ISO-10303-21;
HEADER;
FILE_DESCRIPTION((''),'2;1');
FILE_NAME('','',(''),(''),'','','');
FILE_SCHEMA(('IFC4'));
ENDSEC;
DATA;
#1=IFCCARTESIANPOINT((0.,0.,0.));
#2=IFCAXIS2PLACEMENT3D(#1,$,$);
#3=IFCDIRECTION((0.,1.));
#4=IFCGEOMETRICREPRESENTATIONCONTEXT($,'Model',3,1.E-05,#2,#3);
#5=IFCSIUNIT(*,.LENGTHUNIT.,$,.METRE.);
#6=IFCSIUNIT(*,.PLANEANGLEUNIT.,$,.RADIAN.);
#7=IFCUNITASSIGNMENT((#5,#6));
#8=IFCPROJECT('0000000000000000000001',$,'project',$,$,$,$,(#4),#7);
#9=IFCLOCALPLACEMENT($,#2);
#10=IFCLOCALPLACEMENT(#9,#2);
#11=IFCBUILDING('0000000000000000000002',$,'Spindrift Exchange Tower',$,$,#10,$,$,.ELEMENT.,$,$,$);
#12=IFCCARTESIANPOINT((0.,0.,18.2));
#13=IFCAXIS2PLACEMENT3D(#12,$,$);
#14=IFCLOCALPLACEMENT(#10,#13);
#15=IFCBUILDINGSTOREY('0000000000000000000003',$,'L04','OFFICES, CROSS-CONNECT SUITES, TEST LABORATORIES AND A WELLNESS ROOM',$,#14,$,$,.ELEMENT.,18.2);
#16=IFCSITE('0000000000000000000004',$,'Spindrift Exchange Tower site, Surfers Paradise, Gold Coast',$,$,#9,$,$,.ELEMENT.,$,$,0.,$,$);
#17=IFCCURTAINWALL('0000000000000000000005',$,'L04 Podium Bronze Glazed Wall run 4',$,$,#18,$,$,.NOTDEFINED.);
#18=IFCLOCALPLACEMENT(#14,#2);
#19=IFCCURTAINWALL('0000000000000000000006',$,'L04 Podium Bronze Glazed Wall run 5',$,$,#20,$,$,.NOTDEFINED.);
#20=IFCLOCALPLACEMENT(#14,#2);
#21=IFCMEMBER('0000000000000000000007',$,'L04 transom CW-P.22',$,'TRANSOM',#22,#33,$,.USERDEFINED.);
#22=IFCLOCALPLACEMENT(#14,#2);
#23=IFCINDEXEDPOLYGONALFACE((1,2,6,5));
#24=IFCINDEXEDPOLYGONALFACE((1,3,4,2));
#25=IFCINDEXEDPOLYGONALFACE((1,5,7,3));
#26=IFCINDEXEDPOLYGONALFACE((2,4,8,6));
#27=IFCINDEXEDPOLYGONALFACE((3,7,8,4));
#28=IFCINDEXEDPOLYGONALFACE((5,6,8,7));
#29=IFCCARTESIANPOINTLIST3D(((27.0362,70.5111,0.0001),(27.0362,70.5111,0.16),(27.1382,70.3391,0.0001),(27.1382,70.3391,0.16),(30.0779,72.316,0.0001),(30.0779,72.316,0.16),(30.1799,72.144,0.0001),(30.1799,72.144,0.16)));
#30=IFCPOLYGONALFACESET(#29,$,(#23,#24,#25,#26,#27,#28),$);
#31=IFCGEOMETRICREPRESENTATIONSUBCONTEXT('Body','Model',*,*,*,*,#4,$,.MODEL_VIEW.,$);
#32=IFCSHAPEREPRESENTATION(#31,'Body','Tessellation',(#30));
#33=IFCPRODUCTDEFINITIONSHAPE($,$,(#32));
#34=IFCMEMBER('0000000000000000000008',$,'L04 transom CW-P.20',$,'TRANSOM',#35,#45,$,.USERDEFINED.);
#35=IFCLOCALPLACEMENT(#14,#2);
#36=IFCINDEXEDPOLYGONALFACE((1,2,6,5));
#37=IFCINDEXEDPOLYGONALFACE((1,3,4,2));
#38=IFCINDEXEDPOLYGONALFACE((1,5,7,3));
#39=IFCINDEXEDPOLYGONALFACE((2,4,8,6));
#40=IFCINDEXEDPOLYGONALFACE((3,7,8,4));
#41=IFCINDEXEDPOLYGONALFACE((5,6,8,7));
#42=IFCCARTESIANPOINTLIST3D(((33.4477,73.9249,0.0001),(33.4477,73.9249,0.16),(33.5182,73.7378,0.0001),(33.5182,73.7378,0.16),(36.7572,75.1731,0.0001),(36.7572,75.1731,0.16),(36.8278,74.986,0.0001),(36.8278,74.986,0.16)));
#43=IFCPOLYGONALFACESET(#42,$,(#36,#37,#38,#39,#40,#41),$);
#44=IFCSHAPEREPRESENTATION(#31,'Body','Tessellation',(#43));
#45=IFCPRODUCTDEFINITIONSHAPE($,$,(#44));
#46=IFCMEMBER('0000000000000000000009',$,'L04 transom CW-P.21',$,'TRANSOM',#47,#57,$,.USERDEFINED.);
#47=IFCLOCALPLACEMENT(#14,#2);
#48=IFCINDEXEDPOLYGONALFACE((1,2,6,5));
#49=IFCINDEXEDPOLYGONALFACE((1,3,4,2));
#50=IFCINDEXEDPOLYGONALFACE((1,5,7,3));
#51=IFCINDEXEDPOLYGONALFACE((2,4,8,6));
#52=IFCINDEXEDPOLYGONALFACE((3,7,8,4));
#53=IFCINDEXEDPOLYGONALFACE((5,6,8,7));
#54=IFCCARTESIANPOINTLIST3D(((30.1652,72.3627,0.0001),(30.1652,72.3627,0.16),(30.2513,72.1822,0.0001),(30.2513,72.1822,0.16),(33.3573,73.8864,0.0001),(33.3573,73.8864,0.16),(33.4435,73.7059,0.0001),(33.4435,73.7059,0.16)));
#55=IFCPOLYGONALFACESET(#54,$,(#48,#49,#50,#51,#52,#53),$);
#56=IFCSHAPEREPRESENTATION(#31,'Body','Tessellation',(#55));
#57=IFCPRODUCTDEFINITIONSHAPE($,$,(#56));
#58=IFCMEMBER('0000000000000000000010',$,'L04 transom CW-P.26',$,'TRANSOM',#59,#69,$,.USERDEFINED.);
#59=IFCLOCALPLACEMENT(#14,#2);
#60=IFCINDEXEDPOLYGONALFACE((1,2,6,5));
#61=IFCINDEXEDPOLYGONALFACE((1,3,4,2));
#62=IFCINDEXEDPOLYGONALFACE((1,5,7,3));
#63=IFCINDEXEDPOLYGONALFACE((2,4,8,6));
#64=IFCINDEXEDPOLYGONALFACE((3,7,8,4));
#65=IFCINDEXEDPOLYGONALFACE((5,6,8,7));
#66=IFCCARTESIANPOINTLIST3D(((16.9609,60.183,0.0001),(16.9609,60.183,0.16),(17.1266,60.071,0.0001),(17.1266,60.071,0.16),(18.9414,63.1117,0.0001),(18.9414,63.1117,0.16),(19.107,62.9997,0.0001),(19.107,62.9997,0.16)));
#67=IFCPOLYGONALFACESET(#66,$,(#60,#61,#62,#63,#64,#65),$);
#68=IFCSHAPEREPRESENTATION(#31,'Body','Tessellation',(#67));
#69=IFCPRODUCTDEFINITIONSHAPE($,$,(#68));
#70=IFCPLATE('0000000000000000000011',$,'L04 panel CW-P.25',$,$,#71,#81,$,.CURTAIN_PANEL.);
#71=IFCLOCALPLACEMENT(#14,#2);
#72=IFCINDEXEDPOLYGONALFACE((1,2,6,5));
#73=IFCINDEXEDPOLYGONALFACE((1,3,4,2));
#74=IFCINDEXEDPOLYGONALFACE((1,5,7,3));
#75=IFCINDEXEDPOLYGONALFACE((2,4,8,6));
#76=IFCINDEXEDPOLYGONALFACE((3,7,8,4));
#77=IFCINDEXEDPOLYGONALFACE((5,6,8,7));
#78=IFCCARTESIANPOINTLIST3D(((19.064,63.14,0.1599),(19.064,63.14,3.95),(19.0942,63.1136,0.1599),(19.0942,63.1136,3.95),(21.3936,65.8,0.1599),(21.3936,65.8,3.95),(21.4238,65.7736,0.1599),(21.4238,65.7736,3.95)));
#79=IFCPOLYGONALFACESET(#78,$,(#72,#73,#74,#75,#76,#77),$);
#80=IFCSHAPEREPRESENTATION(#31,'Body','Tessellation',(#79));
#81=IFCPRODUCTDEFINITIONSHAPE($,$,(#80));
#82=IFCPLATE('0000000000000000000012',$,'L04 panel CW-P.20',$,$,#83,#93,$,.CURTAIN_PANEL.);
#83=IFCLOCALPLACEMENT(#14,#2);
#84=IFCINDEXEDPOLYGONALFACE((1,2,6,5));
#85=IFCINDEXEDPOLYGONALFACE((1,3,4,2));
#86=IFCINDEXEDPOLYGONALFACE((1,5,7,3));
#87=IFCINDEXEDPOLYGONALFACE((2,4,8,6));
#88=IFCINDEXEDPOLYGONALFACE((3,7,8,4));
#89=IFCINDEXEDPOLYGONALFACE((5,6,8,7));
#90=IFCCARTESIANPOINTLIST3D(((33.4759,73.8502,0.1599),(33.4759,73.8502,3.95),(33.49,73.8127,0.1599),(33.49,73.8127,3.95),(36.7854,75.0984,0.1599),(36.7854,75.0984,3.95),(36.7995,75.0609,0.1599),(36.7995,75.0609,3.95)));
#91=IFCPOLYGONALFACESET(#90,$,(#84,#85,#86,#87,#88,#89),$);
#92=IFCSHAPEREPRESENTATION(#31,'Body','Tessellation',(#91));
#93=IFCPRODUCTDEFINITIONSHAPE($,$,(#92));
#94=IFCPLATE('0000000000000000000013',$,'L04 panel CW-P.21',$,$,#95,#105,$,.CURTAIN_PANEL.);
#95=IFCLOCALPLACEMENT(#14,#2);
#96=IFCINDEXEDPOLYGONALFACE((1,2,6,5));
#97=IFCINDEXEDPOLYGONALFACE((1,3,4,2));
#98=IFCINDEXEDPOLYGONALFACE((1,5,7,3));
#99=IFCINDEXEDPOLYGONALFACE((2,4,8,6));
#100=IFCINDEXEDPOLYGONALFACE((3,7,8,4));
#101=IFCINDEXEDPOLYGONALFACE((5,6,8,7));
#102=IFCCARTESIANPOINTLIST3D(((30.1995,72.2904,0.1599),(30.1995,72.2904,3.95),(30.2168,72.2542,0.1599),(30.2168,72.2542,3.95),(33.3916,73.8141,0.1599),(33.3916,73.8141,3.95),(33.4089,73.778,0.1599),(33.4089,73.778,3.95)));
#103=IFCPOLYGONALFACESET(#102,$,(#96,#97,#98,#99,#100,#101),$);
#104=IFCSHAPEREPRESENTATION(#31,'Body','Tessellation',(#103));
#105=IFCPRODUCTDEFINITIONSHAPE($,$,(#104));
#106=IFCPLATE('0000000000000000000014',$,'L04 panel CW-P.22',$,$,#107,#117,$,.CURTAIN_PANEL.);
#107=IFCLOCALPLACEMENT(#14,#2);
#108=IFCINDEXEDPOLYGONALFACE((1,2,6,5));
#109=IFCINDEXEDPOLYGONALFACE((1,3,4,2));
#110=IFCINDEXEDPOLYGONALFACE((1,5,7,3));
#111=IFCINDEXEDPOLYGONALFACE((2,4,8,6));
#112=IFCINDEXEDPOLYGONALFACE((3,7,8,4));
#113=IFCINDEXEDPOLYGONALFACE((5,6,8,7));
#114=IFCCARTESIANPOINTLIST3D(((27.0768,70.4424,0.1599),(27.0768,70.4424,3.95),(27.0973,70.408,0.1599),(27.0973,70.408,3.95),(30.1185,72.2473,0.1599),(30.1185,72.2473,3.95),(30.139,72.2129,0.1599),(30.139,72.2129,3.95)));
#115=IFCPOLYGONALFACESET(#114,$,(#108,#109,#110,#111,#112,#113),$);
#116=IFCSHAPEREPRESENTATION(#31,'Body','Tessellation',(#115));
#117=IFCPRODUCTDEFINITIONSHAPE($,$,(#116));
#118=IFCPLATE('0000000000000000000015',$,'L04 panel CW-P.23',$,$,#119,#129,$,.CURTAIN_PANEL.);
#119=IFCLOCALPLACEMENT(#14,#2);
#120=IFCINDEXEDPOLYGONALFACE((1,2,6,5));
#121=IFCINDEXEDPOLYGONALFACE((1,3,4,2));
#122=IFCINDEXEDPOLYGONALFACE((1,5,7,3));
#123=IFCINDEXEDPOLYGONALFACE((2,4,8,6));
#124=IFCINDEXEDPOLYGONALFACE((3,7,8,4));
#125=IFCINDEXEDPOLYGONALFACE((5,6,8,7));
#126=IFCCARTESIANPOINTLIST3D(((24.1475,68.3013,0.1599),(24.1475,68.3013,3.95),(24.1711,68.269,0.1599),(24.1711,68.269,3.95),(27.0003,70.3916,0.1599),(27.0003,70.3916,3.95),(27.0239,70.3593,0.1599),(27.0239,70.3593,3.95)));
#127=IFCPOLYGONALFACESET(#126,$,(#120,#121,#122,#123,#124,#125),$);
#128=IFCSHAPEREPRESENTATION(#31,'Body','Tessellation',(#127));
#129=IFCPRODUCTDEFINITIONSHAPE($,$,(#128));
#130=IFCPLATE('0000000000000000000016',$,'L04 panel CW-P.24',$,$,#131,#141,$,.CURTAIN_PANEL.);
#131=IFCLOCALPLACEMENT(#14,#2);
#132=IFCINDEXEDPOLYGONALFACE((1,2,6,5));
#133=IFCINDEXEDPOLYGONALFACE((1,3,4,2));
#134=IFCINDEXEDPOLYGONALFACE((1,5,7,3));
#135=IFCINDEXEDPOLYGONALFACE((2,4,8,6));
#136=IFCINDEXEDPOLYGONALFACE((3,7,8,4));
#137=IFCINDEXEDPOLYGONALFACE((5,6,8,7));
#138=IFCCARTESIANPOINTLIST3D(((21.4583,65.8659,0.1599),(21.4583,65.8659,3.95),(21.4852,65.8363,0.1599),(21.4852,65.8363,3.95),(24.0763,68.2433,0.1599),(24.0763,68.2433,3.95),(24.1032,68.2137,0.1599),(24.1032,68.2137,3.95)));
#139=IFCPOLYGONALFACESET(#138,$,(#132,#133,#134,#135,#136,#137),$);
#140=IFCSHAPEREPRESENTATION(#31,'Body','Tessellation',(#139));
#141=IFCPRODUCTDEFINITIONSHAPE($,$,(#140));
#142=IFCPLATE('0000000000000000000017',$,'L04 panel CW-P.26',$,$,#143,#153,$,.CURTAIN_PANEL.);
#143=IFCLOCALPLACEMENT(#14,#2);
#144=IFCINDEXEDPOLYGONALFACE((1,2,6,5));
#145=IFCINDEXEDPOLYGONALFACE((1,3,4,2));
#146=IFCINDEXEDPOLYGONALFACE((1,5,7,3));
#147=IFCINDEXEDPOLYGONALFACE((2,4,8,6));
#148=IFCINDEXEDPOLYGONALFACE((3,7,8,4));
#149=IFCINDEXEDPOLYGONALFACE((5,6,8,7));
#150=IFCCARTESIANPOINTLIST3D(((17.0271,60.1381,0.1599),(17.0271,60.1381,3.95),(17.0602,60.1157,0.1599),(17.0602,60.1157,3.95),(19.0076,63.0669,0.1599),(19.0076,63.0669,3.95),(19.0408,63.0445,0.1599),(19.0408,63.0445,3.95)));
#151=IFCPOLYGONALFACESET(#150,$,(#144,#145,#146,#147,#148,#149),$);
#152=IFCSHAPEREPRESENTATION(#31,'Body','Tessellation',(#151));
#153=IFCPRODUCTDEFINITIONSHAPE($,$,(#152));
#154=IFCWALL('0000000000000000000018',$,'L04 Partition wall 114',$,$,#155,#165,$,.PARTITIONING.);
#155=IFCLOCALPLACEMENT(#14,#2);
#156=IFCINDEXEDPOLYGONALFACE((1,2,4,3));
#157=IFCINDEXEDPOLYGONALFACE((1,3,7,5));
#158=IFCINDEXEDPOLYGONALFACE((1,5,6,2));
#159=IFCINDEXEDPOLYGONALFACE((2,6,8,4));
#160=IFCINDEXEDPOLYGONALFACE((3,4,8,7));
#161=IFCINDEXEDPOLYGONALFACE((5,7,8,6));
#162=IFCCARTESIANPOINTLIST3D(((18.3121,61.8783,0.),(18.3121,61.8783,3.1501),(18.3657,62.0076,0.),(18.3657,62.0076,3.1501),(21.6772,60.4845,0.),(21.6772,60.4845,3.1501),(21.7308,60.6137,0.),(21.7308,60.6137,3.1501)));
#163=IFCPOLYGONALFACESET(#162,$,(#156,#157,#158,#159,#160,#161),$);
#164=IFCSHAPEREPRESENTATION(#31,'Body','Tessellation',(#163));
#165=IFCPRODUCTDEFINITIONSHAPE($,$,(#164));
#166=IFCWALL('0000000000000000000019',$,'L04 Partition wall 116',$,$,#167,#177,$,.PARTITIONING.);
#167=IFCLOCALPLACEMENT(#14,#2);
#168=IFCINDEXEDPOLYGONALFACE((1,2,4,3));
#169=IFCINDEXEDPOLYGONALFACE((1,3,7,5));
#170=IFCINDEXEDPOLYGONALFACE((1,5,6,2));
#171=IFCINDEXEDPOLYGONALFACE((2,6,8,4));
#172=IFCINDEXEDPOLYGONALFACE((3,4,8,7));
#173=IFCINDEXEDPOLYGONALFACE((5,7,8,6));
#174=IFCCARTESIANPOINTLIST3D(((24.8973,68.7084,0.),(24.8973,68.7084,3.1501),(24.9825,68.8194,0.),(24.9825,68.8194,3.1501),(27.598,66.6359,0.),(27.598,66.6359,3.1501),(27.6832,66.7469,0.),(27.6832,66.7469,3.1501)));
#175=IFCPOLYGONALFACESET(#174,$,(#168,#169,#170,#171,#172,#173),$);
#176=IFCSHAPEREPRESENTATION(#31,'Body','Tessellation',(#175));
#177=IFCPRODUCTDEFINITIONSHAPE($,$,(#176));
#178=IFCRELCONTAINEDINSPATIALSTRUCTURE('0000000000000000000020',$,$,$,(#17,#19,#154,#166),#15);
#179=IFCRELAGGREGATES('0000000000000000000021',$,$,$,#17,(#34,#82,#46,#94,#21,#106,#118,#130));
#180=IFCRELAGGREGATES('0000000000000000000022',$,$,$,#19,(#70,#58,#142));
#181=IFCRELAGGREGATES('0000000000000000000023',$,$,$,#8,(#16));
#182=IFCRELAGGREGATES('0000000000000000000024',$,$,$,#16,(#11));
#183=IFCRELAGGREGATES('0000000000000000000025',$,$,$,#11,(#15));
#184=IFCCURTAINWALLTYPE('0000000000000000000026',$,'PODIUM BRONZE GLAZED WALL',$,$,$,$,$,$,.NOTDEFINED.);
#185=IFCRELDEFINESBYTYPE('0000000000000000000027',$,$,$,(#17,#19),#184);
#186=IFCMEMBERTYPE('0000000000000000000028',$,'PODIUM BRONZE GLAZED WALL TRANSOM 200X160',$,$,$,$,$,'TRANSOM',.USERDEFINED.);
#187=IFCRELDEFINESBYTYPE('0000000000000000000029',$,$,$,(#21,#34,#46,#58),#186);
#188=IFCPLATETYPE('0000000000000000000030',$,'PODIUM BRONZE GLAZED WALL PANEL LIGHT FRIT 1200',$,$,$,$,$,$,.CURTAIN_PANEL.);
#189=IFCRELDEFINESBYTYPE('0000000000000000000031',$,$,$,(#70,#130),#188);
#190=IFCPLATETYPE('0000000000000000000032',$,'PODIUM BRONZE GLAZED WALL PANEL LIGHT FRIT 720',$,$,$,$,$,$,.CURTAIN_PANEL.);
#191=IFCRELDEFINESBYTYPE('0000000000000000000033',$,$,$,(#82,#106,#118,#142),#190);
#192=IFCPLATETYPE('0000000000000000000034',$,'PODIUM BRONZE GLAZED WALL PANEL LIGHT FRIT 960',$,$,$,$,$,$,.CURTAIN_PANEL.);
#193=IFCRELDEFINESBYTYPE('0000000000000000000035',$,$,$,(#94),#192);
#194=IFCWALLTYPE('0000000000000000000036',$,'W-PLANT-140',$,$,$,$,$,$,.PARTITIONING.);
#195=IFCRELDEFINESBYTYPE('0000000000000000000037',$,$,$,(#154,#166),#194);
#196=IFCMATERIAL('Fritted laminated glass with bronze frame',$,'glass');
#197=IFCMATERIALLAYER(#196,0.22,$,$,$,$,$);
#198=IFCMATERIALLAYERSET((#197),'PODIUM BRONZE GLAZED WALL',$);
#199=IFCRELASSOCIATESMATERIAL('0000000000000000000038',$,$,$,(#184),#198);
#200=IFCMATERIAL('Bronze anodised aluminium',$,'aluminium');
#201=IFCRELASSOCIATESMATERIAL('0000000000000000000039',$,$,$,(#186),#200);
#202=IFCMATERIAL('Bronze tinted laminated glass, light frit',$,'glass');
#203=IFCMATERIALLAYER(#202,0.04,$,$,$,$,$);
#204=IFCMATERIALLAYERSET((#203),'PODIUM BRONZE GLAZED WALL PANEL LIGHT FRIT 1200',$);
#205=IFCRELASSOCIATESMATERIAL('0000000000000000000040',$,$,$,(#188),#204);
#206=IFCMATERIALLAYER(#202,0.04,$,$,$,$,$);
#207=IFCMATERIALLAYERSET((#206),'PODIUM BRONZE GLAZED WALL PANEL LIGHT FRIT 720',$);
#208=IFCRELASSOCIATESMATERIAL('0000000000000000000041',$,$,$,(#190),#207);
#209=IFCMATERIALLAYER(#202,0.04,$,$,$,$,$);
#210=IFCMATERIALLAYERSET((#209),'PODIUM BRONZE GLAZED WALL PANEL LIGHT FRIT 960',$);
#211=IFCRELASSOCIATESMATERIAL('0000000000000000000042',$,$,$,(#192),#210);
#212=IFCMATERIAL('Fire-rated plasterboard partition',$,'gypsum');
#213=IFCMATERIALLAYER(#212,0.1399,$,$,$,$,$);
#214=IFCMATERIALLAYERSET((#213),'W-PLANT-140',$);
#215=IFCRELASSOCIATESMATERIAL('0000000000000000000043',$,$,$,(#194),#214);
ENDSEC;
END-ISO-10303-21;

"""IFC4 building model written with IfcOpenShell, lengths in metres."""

from ifc_helpers import new_model, si_unit, direction, frame, frame_2d, origin, origin_2d, place, context, subcontext, project, spatial, rectangle, extrude, source, transform, mapped, material, layer, layer_set, material_profile, profile_set, type_object, element, aggregate, save


model = new_model("IFC4")

# Units and contexts
model_context = context("Model", 3, precision=1e-05, world=origin(), true_north=direction((0.0, 1.0)))
body_context = subcontext(model_context, "Body", "Model", "MODEL_VIEW")
ifc_project = project(units=[si_unit("LENGTHUNIT", "METRE"), si_unit("PLANEANGLEUNIT", "RADIAN")], contexts=[model_context])

# Site, building, storey
site_placement = place(None, origin())
site = spatial("IfcSite", under=ifc_project, at=site_placement, Name="Spindrift Exchange Tower site, Surfers Paradise, Gold Coast", CompositionType="ELEMENT", RefElevation=0.0)
building_placement = place(site_placement, origin())
building = spatial("IfcBuilding", under=site, at=building_placement, Name="Spindrift Exchange Tower", CompositionType="ELEMENT")
storey_placement = place(building_placement, frame((0.0, 0.0, 18.2)))
storey = spatial("IfcBuildingStorey", under=building, at=storey_placement, Name="L04", Description="OFFICES, CROSS-CONNECT SUITES, TEST LABORATORIES AND A WELLNESS ROOM", CompositionType="ELEMENT", Elevation=18.2)

# Curtain walls
ifc_material_1 = material(Name="Fritted laminated glass with bronze frame", Category="glass")
ifc_layer_1 = layer(ifc_material_1, 0.22)
ifc_layer_set_1 = layer_set([ifc_layer_1], Name="PODIUM BRONZE GLAZED WALL")
curtain_wall_type = type_object("IfcCurtainWallType", Name="PODIUM BRONZE GLAZED WALL", PredefinedType="NOTDEFINED", material=ifc_layer_set_1)
curtain_wall_1_placement = place(storey_placement, origin())
curtain_wall_1 = element("IfcCurtainWall", 1, at=curtain_wall_1_placement, inside=storey, type_object=curtain_wall_type, Name="L04 Podium Bronze Glazed Wall run 4", PredefinedType="NOTDEFINED")
ifc_material_2 = material(Name="Bronze anodised aluminium", Category="aluminium")
curtain_wall_2_placement = place(storey_placement, origin())
curtain_wall_2 = element("IfcCurtainWall", 2, at=curtain_wall_2_placement, inside=storey, type_object=curtain_wall_type, Name="L04 Podium Bronze Glazed Wall run 5", PredefinedType="NOTDEFINED")
ifc_material_profile_1 = material_profile(ifc_material_2, rectangle(XDim=0.2, YDim=0.1599, at=origin_2d()), Name="PODIUM BRONZE GLAZED WALL TRANSOM 200X160")
ifc_profile_set_1 = profile_set([ifc_material_profile_1], Name="Bronze anodised aluminium")
member_type_1 = type_object("IfcMemberType", Name="PODIUM BRONZE GLAZED WALL TRANSOM 200X160", ElementType="TRANSOM", PredefinedType="USERDEFINED", material=ifc_profile_set_1)

# Members
shared_shape_1 = source(origin(), body_context, "Body", "SweptSolid", [
    extrude(rectangle(XDim=0.2, YDim=0.1599, at=origin_2d()), origin(), (0.0, 0.0, 1.0), 3.5369),
])
member_1_placement = place(storey_placement, frame((30.1289, 72.23, 0.0801), z_axis=(-0.859992, -0.510307, 0.0), x_axis=(0.510307, -0.859992, 0.0)))
member_1 = element("IfcMember", 3, at=member_1_placement, type_object=member_type_1, Name="L04 transom CW-P.22", ObjectType="TRANSOM", PredefinedType="USERDEFINED", context=body_context, shape_type="MappedRepresentation", body=[
    mapped(shared_shape_1, transform((0.0, 0.0, 0.0), scale=1.0)),
])
shared_shape_2 = source(origin(), body_context, "Body", "SweptSolid", [
    extrude(rectangle(XDim=0.2, YDim=0.1599, at=origin_2d()), origin(), (0.0, 0.0, 1.0), 3.5371),
])
member_2_placement = place(storey_placement, frame((36.7925, 75.0796, 0.0801), z_axis=(-0.935658, -0.352908, 0.0), x_axis=(0.352908, -0.935658, 0.0)))
member_2 = element("IfcMember", 4, at=member_2_placement, type_object=member_type_1, Name="L04 transom CW-P.20", ObjectType="TRANSOM", PredefinedType="USERDEFINED", context=body_context, shape_type="MappedRepresentation", body=[
    mapped(shared_shape_2, transform((0.0, 0.0, 0.0), scale=1.0)),
])
member_3_placement = place(storey_placement, frame((33.4004, 73.7961, 0.0801), z_axis=(-0.902463, -0.430767, 0.0), x_axis=(0.430767, -0.902463, 0.0)))
member_3 = element("IfcMember", 5, at=member_3_placement, type_object=member_type_1, Name="L04 transom CW-P.21", ObjectType="TRANSOM", PredefinedType="USERDEFINED", context=body_context, shape_type="MappedRepresentation", body=[
    mapped(shared_shape_2, transform((0.0, 0.0, 0.0), scale=1.0)),
])
shared_shape_3 = source(origin(), body_context, "Body", "SweptSolid", [
    extrude(rectangle(XDim=0.2, YDim=0.1599, at=origin_2d()), origin(), (0.0, 0.0, 1.0), 3.5354),
])
member_4_placement = place(storey_placement, frame((19.0242, 63.0557, 0.0801), z_axis=(-0.56017, -0.828378, 0.0), x_axis=(0.828378, -0.56017, 0.0)))
member_4 = element("IfcMember", 6, at=member_4_placement, type_object=member_type_1, Name="L04 transom CW-P.26", ObjectType="TRANSOM", PredefinedType="USERDEFINED", context=body_context, shape_type="MappedRepresentation", body=[
    mapped(shared_shape_3, transform((0.0, 0.0, 0.0), scale=1.0)),
])

# Plates
ifc_material_3 = material(Name="Bronze tinted laminated glass, light frit", Category="glass")
ifc_layer_2 = layer(ifc_material_3, 0.04)
ifc_layer_set_2 = layer_set([ifc_layer_2], Name="PODIUM BRONZE GLAZED WALL PANEL LIGHT FRIT 1200")
plate_type_1 = type_object("IfcPlateType", Name="PODIUM BRONZE GLAZED WALL PANEL LIGHT FRIT 1200", PredefinedType="CURTAIN_PANEL", material=ifc_layer_set_2)
shared_shape_4 = source(origin(), body_context, "Body", "SweptSolid", [
    extrude(rectangle(XDim=3.5359, YDim=0.04, at=origin_2d()), origin(), (0.0, 0.0, 1.0), 3.79),
])
plate_1_placement = place(storey_placement, frame((20.2439, 64.4568, 0.1599), z_axis=(0.0, 0.0, 1.0), x_axis=(-0.658844, -0.752279, 0.0)))
plate_1 = element("IfcPlate", 7, at=plate_1_placement, type_object=plate_type_1, Name="L04 panel CW-P.25", PredefinedType="CURTAIN_PANEL", context=body_context, shape_type="MappedRepresentation", body=[
    mapped(shared_shape_4, transform((0.0, 0.0, 0.0), scale=1.0)),
])
ifc_layer_3 = layer(ifc_material_3, 0.04)
ifc_layer_set_3 = layer_set([ifc_layer_3], Name="PODIUM BRONZE GLAZED WALL PANEL LIGHT FRIT 720")
plate_type_2 = type_object("IfcPlateType", Name="PODIUM BRONZE GLAZED WALL PANEL LIGHT FRIT 720", PredefinedType="CURTAIN_PANEL", material=ifc_layer_set_3)
shared_shape_5 = source(origin(), body_context, "Body", "SweptSolid", [
    extrude(rectangle(XDim=3.5371, YDim=0.04, at=origin_2d()), origin(), (0.0, 0.0, 1.0), 3.79),
])
plate_2_placement = place(storey_placement, frame((35.1377, 74.4556, 0.1599), z_axis=(0.0, 0.0, 1.0), x_axis=(-0.935663, -0.352894, 0.0)))
plate_2 = element("IfcPlate", 8, at=plate_2_placement, type_object=plate_type_2, Name="L04 panel CW-P.20", PredefinedType="CURTAIN_PANEL", context=body_context, shape_type="MappedRepresentation", body=[
    mapped(shared_shape_5, transform((0.0, 0.0, 0.0), scale=1.0)),
])
ifc_layer_4 = layer(ifc_material_3, 0.04)
ifc_layer_set_4 = layer_set([ifc_layer_4], Name="PODIUM BRONZE GLAZED WALL PANEL LIGHT FRIT 960")
plate_type_3 = type_object("IfcPlateType", Name="PODIUM BRONZE GLAZED WALL PANEL LIGHT FRIT 960", PredefinedType="CURTAIN_PANEL", material=ifc_layer_set_4)
shared_shape_6 = source(origin(), body_context, "Body", "SweptSolid", [
    extrude(rectangle(XDim=3.5371, YDim=0.04, at=origin_2d()), origin(), (0.0, 0.0, 1.0), 3.79),
])
plate_3_placement = place(storey_placement, frame((31.8042, 73.0342, 0.1599), z_axis=(0.0, 0.0, 1.0), x_axis=(-0.902455, -0.430784, 0.0)))
plate_3 = element("IfcPlate", 9, at=plate_3_placement, type_object=plate_type_3, Name="L04 panel CW-P.21", PredefinedType="CURTAIN_PANEL", context=body_context, shape_type="MappedRepresentation", body=[
    mapped(shared_shape_6, transform((0.0, 0.0, 0.0), scale=1.0)),
])
shared_shape_7 = source(origin(), body_context, "Body", "SweptSolid", [
    extrude(rectangle(XDim=3.5369, YDim=0.04, at=origin_2d()), origin(), (0.0, 0.0, 1.0), 3.79),
])
plate_4_placement = place(storey_placement, frame((28.6079, 71.3276, 0.1599), z_axis=(0.0, 0.0, 1.0), x_axis=(-0.859996, -0.510301, 0.0)))
plate_4 = element("IfcPlate", 10, at=plate_4_placement, type_object=plate_type_2, Name="L04 panel CW-P.22", PredefinedType="CURTAIN_PANEL", context=body_context, shape_type="MappedRepresentation", body=[
    mapped(shared_shape_7, transform((0.0, 0.0, 0.0), scale=1.0)),
])
shared_shape_8 = source(origin(), body_context, "Body", "SweptSolid", [
    extrude(rectangle(XDim=3.5366, YDim=0.04, at=origin_2d()), origin(), (0.0, 0.0, 1.0), 3.79),
])
plate_5_placement = place(storey_placement, frame((25.5857, 69.3303, 0.1599), z_axis=(0.0, 0.0, 1.0), x_axis=(-0.806641, -0.591042, 0.0)))
plate_5 = element("IfcPlate", 11, at=plate_5_placement, type_object=plate_type_2, Name="L04 panel CW-P.23", PredefinedType="CURTAIN_PANEL", context=body_context, shape_type="MappedRepresentation", body=[
    mapped(shared_shape_8, transform((0.0, 0.0, 0.0), scale=1.0)),
])
shared_shape_9 = source(origin(), body_context, "Body", "SweptSolid", [
    extrude(rectangle(XDim=3.5364, YDim=0.04, at=origin_2d()), origin(), (0.0, 0.0, 1.0), 3.79),
])
plate_6_placement = place(storey_placement, frame((22.7808, 67.0398, 0.1599), z_axis=(0.0, 0.0, 1.0), x_axis=(-0.740316, -0.67226, 0.0)))
plate_6 = element("IfcPlate", 12, at=plate_6_placement, type_object=plate_type_1, Name="L04 panel CW-P.24", PredefinedType="CURTAIN_PANEL", context=body_context, shape_type="MappedRepresentation", body=[
    mapped(shared_shape_9, transform((0.0, 0.0, 0.0), scale=1.0)),
])
aggregate(curtain_wall_1, [member_2, plate_2, member_3, plate_3, member_1, plate_4, plate_5, plate_6])
shared_shape_10 = source(origin(), body_context, "Body", "SweptSolid", [
    extrude(rectangle(XDim=3.5356, YDim=0.04, at=origin_2d()), origin(), (0.0, 0.0, 1.0), 3.79),
])
plate_7_placement = place(storey_placement, frame((18.0339, 61.5913, 0.1599), z_axis=(0.0, 0.0, 1.0), x_axis=(-0.560175, -0.828374, 0.0)))
plate_7 = element("IfcPlate", 13, at=plate_7_placement, type_object=plate_type_2, Name="L04 panel CW-P.26", PredefinedType="CURTAIN_PANEL", context=body_context, shape_type="MappedRepresentation", body=[
    mapped(shared_shape_10, transform((0.0, 0.0, 0.0), scale=1.0)),
])
aggregate(curtain_wall_2, [plate_1, member_4, plate_7])

# Walls
ifc_material_4 = material(Name="Fire-rated plasterboard partition", Category="gypsum")
ifc_layer_5 = layer(ifc_material_4, 0.1399)
ifc_layer_set_5 = layer_set([ifc_layer_5], Name="W-PLANT-140")
wall_type_1 = type_object("IfcWallType", Name="W-PLANT-140", PredefinedType="PARTITIONING", material=ifc_layer_set_5)
wall_1_placement = place(storey_placement, frame((21.7041, 60.5491, 0.0), z_axis=(0.0, 0.0, 1.0), x_axis=(-0.923882, 0.382677, 0.0)))
element("IfcWall", 14, at=wall_1_placement, inside=storey, type_object=wall_type_1, Name="L04 Partition wall 114", PredefinedType="PARTITIONING", context=body_context, shape_type="SweptSolid", body=[
    extrude(rectangle(XDim=3.6423, YDim=0.1399, at=frame_2d((1.8213, 0.0))), origin(), (0.0, 0.0, 1.0), 3.1501),
])
wall_2_placement = place(storey_placement, frame((27.6406, 66.6914, 0.0), z_axis=(0.0, 0.0, 1.0), x_axis=(-0.793325, 0.608799, 0.0)))
element("IfcWall", 15, at=wall_2_placement, inside=storey, type_object=wall_type_1, Name="L04 Partition wall 116", PredefinedType="PARTITIONING", context=body_context, shape_type="SweptSolid", body=[
    extrude(rectangle(XDim=3.4043, YDim=0.1399, at=frame_2d((1.7021, 0.0))), origin(), (0.0, 0.0, 1.0), 3.1501),
])

save(model, "model.ifc")
